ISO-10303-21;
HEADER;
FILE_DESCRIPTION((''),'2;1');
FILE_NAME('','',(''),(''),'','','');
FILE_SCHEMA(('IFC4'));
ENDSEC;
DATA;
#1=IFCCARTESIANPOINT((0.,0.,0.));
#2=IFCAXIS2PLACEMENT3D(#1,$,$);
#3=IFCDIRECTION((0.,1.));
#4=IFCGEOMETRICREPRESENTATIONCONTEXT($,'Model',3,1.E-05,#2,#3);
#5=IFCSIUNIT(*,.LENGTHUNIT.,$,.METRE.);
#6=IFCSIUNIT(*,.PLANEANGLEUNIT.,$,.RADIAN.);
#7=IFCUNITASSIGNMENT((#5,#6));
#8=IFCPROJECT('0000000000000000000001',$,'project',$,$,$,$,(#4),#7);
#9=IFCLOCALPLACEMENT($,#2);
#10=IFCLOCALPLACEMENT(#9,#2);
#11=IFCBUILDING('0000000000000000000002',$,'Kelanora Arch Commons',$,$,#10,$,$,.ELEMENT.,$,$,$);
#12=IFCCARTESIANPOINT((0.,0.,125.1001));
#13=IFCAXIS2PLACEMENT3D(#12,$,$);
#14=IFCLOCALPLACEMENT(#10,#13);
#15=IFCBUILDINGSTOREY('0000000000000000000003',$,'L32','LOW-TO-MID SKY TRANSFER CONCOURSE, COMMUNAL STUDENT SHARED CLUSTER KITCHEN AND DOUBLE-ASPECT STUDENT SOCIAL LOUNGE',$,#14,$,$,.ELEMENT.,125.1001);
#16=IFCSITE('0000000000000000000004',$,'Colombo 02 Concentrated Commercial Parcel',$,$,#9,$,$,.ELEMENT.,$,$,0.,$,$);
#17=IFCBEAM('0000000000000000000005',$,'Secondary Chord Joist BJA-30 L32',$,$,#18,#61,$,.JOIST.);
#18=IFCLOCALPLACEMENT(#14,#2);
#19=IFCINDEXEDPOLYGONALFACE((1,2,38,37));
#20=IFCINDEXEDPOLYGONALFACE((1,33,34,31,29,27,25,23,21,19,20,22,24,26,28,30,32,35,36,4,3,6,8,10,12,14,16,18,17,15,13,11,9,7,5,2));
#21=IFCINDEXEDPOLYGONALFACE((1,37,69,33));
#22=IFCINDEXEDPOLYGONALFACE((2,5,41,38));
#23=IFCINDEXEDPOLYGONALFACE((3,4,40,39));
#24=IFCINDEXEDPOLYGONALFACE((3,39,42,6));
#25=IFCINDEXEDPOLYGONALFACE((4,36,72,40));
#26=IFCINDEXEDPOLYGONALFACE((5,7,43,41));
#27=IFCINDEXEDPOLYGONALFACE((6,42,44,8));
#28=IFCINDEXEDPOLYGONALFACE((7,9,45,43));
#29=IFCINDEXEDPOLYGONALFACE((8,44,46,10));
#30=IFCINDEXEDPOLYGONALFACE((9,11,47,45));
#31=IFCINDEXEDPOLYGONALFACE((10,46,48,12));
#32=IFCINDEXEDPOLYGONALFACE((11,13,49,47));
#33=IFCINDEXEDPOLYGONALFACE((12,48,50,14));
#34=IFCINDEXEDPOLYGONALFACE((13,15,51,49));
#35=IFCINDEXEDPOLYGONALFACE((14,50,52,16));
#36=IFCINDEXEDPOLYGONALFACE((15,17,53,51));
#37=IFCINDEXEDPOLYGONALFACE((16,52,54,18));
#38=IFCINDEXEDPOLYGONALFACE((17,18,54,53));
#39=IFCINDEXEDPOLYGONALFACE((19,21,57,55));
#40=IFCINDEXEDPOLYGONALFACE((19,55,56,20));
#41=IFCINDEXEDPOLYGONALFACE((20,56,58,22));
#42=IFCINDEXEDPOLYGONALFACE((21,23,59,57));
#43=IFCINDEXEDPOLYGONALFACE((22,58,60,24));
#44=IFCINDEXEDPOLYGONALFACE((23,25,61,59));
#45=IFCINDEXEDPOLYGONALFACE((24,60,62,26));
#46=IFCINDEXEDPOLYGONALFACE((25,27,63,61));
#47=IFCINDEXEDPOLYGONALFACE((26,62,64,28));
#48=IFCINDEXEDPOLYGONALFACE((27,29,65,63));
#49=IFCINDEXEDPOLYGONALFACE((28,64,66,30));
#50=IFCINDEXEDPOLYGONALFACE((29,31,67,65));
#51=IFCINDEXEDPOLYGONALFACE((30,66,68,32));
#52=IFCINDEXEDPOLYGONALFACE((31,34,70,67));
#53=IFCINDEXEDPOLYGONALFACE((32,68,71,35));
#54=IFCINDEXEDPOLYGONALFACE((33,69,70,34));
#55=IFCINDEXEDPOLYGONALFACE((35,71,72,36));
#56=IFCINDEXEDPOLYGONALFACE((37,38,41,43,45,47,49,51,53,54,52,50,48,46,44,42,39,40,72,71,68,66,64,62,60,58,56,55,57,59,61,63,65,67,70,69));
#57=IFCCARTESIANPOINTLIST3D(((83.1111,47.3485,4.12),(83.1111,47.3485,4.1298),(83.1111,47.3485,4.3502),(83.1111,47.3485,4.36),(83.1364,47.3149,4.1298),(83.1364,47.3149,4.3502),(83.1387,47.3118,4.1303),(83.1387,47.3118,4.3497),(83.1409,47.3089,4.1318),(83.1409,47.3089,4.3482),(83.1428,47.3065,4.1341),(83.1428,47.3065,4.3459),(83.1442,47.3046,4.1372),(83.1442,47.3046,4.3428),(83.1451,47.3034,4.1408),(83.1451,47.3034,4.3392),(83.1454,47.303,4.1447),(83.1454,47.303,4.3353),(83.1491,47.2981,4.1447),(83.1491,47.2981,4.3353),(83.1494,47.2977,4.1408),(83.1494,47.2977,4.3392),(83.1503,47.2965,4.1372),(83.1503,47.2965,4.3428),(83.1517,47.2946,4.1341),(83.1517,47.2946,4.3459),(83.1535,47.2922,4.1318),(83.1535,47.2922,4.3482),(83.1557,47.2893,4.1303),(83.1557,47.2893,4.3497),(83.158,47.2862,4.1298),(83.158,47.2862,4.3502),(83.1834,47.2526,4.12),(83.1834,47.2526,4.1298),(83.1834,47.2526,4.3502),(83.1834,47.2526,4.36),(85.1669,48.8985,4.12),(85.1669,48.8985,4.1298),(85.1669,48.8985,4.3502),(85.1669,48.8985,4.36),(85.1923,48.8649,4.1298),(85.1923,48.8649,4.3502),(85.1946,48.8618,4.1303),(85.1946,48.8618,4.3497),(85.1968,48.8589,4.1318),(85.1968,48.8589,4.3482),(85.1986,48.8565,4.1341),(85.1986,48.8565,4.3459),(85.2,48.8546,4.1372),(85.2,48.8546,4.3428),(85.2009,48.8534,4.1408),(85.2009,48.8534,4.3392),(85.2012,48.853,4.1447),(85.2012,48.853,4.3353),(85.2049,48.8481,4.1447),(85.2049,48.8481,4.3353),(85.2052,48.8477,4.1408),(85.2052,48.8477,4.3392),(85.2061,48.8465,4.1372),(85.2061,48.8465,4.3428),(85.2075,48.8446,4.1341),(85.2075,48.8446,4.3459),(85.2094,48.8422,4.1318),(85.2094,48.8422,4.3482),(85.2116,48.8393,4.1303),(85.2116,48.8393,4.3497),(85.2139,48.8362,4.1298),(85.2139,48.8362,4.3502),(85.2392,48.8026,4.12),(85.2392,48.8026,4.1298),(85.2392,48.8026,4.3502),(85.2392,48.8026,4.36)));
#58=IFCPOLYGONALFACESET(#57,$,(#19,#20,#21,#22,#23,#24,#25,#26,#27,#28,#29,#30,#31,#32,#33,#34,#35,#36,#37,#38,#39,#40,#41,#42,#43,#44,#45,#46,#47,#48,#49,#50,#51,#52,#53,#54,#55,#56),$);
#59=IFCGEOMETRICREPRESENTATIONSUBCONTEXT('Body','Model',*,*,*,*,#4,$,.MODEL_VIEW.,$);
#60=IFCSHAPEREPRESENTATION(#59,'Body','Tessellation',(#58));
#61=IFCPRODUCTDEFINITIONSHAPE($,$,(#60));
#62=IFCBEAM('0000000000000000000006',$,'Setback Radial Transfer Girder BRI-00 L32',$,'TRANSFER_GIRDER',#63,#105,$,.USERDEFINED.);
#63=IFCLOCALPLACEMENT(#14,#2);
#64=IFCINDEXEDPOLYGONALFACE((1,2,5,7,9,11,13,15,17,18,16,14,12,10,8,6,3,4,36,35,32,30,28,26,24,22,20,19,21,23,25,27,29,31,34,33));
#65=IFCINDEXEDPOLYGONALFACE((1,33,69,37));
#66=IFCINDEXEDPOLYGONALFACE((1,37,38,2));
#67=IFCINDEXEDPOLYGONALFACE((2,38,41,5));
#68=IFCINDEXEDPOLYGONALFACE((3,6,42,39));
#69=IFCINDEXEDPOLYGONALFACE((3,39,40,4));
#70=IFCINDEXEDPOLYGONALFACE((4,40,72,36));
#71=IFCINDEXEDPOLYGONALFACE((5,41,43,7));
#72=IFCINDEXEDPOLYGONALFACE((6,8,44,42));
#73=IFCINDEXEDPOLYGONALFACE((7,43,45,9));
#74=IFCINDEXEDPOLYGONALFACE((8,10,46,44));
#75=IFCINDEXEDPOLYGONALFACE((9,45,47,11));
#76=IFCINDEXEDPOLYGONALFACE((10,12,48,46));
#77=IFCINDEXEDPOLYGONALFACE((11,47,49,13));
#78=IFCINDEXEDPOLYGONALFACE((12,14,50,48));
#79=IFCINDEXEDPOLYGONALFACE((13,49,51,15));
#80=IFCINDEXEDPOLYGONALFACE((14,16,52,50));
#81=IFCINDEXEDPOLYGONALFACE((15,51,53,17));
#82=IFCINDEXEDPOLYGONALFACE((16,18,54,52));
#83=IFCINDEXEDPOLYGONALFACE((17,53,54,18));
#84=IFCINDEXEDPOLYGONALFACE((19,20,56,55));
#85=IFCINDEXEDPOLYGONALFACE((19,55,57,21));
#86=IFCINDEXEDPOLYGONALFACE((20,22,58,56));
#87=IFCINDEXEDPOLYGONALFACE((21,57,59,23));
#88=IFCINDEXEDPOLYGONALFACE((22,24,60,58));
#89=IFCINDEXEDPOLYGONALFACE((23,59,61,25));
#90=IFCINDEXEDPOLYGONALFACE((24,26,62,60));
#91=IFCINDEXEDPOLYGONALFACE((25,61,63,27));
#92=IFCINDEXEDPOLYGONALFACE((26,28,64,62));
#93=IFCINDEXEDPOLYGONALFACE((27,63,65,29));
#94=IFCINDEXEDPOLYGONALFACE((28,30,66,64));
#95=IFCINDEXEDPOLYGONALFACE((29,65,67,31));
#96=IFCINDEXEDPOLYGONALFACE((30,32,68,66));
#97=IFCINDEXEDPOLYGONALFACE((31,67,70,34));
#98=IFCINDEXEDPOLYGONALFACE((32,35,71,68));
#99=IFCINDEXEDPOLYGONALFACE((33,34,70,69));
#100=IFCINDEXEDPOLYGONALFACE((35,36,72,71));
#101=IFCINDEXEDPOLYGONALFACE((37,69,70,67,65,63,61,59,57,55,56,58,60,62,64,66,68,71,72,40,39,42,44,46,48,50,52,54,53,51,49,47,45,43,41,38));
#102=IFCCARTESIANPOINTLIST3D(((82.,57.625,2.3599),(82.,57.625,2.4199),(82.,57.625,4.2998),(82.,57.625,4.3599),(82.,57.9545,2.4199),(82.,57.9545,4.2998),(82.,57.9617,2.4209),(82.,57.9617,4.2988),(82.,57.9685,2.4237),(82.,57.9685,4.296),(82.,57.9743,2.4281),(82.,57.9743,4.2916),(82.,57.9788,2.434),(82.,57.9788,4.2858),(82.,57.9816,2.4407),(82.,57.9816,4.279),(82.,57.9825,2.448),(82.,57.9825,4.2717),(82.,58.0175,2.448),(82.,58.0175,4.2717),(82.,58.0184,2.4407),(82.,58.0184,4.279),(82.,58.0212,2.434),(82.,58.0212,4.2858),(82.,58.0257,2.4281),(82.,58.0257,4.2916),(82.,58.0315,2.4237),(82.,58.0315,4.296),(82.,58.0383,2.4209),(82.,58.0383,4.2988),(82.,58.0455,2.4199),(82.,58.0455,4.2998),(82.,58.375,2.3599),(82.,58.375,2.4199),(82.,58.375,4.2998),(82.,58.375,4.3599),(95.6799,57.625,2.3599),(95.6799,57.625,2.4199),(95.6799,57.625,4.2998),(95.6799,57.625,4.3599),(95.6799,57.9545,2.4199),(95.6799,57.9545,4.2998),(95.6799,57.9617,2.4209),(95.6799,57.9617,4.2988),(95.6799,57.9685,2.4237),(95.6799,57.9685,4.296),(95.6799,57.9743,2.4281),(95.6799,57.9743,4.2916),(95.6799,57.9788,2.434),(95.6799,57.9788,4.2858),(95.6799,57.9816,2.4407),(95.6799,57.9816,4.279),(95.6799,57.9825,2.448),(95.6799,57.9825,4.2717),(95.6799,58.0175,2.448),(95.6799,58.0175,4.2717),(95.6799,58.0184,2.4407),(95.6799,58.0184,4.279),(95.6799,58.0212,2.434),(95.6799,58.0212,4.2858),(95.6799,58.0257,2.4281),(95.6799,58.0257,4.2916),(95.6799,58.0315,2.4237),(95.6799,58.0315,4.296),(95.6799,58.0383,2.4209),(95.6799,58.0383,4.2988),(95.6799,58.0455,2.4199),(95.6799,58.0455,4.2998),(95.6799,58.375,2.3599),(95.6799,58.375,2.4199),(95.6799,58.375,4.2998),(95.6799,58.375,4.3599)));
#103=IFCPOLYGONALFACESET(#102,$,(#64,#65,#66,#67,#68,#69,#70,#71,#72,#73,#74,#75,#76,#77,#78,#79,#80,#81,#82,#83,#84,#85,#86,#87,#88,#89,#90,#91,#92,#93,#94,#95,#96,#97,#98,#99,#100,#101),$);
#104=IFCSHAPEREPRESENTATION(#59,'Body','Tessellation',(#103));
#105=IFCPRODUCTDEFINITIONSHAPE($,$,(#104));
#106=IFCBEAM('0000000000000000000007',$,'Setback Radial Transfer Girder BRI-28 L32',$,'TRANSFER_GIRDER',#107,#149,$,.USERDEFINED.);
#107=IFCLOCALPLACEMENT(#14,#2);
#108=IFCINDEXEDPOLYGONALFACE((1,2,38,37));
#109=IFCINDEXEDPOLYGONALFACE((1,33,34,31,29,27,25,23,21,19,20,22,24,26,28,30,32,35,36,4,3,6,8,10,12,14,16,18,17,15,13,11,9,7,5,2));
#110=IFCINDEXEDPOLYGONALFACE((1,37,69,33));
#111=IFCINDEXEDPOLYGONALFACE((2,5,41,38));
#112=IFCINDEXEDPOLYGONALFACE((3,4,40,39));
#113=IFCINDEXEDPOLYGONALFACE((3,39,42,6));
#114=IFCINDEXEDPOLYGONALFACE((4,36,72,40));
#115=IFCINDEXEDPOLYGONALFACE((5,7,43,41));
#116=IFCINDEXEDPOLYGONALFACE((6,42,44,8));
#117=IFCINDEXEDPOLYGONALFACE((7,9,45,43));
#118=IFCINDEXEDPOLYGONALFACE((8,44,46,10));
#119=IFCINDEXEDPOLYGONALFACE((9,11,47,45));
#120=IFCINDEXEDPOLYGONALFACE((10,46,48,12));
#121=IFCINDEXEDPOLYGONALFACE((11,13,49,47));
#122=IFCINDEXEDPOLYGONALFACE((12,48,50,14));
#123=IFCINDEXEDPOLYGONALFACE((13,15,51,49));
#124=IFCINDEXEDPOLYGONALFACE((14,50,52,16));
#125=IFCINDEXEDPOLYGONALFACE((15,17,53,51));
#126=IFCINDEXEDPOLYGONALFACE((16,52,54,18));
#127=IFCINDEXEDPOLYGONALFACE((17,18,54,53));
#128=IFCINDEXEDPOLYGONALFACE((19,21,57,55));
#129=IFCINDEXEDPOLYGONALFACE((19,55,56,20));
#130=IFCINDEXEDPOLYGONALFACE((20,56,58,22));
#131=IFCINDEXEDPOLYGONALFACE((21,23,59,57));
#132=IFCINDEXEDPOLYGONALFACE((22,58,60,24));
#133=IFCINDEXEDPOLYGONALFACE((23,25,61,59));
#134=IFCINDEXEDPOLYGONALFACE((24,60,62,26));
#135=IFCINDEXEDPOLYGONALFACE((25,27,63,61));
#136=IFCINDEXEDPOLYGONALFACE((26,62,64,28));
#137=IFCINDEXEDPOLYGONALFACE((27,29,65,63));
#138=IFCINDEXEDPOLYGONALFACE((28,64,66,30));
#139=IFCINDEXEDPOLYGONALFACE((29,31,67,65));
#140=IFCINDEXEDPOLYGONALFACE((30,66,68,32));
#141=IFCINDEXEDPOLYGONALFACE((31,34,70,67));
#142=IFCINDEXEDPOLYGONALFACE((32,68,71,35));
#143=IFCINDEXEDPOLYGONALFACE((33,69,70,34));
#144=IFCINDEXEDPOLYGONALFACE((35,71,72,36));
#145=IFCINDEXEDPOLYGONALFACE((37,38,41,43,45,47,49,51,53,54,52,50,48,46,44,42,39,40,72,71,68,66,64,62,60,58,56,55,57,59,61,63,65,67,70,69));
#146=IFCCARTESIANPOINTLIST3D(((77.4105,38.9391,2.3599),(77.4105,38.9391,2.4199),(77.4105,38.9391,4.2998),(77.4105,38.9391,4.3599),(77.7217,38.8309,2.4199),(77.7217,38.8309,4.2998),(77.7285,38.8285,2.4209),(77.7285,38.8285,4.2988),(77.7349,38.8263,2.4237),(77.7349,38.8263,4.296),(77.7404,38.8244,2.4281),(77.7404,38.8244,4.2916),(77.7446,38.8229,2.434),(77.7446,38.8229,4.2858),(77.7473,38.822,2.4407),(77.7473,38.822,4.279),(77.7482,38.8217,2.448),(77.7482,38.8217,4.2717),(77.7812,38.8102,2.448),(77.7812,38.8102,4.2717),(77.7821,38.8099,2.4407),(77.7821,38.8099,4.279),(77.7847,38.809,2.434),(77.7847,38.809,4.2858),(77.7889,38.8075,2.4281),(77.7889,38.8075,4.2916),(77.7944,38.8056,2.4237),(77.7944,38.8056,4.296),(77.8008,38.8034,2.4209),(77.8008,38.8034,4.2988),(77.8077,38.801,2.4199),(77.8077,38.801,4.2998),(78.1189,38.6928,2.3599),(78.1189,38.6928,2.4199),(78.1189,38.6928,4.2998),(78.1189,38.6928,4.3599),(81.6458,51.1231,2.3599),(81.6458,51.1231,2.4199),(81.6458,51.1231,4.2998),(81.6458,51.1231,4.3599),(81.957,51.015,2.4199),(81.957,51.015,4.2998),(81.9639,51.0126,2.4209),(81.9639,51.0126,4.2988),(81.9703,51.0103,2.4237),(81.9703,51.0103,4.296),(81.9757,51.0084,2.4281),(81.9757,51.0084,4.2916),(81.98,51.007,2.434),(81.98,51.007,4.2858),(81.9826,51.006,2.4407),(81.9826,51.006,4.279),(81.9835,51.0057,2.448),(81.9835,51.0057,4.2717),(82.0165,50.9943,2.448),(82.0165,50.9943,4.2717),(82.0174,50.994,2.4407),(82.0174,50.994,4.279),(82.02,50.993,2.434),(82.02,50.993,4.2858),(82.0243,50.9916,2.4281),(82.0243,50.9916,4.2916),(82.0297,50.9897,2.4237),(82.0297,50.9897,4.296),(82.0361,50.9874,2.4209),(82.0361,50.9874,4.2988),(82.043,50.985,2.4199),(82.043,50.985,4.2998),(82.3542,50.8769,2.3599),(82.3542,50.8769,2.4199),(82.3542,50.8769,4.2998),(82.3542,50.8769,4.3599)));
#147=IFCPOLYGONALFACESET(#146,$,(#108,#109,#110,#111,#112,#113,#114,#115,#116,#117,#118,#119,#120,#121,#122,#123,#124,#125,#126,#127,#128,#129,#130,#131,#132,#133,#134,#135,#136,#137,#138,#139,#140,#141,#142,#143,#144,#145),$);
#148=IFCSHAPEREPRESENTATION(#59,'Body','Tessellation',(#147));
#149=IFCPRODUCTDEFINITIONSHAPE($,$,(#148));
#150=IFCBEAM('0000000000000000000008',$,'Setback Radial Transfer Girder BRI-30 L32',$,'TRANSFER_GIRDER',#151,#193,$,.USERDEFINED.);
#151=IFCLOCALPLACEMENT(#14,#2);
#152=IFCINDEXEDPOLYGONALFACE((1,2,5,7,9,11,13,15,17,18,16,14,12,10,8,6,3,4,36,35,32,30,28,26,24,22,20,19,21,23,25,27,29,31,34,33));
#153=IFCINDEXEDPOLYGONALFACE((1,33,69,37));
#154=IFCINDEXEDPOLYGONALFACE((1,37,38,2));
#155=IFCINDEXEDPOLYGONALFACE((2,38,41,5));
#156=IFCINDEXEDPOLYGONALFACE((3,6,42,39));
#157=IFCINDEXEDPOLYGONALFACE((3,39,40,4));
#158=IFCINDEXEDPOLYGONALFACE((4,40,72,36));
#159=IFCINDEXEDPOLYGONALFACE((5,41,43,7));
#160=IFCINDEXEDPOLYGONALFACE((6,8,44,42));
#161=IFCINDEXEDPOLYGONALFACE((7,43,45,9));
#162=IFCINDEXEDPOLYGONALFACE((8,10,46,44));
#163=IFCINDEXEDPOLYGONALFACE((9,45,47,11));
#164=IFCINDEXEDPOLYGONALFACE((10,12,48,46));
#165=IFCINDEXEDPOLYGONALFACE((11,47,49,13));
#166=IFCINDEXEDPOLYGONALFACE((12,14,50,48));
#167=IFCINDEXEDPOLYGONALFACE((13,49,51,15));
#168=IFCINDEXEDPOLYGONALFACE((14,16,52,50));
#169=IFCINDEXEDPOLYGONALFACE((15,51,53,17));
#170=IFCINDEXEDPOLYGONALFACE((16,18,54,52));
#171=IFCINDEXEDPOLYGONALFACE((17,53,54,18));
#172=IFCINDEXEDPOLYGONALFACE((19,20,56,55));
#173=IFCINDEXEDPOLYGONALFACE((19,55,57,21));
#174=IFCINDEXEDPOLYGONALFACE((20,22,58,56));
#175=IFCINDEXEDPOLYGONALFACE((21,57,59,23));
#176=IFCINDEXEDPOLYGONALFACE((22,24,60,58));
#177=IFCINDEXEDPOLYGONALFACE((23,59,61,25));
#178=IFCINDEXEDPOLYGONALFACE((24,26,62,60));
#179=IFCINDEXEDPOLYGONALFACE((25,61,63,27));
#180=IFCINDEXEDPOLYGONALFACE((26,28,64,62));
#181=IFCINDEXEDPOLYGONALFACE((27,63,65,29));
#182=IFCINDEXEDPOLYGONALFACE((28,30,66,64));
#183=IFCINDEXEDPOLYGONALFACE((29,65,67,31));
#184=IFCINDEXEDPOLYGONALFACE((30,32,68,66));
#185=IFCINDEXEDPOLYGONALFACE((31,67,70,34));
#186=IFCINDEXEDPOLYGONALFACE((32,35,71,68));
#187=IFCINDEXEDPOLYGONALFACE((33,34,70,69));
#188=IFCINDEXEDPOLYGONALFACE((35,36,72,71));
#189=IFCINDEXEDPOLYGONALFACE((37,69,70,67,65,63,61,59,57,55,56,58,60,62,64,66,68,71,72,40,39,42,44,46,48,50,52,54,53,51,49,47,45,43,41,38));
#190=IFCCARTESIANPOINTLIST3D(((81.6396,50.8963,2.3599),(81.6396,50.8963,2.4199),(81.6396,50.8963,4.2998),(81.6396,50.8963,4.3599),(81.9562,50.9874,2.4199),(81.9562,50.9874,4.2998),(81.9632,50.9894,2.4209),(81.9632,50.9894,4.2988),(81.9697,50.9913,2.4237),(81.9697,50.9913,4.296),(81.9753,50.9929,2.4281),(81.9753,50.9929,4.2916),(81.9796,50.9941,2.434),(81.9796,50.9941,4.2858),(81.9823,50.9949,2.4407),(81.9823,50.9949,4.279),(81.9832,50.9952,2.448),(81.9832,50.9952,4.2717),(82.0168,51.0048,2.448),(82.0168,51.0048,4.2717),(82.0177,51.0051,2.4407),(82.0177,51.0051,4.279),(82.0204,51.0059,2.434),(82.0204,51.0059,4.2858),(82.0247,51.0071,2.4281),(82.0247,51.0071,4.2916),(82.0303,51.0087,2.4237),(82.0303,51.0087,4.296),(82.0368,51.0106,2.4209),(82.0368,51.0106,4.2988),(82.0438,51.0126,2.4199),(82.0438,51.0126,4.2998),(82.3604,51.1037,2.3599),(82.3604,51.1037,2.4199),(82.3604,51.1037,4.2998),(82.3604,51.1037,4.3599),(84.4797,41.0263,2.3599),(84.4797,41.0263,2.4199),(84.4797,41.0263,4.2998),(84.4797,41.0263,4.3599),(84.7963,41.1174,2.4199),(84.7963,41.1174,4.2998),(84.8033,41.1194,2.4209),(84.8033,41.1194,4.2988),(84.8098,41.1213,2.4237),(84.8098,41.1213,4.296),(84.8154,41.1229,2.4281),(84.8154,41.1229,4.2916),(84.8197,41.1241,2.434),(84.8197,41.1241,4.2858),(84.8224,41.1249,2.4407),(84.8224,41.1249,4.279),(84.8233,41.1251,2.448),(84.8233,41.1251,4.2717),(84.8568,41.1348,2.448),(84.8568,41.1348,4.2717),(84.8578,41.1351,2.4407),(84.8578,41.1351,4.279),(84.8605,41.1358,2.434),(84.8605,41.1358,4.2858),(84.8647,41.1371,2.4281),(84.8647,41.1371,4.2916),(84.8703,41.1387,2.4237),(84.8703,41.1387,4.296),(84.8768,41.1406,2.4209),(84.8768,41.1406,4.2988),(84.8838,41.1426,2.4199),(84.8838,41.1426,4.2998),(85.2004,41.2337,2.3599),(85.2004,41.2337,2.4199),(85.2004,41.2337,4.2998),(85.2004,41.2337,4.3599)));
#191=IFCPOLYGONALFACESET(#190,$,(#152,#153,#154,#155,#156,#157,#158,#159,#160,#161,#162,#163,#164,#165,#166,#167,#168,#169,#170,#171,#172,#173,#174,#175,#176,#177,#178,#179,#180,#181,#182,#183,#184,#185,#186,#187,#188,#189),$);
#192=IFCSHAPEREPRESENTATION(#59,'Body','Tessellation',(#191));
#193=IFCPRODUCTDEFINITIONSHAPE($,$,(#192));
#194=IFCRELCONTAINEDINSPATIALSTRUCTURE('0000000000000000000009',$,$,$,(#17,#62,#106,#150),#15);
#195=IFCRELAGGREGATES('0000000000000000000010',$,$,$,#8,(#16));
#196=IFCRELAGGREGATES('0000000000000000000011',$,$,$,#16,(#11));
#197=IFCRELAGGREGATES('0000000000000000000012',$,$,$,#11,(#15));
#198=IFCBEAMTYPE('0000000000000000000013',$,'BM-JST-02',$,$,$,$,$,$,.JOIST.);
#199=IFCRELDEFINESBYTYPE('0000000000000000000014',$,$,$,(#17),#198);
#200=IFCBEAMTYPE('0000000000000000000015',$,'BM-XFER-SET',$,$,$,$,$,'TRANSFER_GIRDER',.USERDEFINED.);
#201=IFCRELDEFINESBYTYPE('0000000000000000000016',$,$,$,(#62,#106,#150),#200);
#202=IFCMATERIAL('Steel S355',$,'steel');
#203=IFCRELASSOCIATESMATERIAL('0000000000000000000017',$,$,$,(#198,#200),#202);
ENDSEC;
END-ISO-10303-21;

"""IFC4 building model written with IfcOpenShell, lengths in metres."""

from ifc_helpers import new_model, si_unit, direction, frame, origin, origin_2d, place, context, subcontext, project, spatial, i_section, extrude, material, material_profile, profile_set, type_object, element, save


model = new_model("IFC4")

# Units and contexts
model_context = context("Model", 3, precision=1e-05, world=origin(), true_north=direction((0.0, 1.0)))
body_context = subcontext(model_context, "Body", "Model", "MODEL_VIEW")
ifc_project = project(units=[si_unit("LENGTHUNIT", "METRE"), si_unit("PLANEANGLEUNIT", "RADIAN")], contexts=[model_context])

# Site, building, storey
site_placement = place(None, origin())
site = spatial("IfcSite", under=ifc_project, at=site_placement, Name="Colombo 02 Concentrated Commercial Parcel", CompositionType="ELEMENT", RefElevation=0.0)
building_placement = place(site_placement, origin())
building = spatial("IfcBuilding", under=site, at=building_placement, Name="Kelanora Arch Commons", CompositionType="ELEMENT")
storey_placement = place(building_placement, frame((0.0, 0.0, 125.1001)))
storey = spatial("IfcBuildingStorey", under=building, at=storey_placement, Name="L32", Description="LOW-TO-MID SKY TRANSFER CONCOURSE, COMMUNAL STUDENT SHARED CLUSTER KITCHEN AND DOUBLE-ASPECT STUDENT SOCIAL LOUNGE", CompositionType="ELEMENT", Elevation=125.1001)

# Beams
ifc_material_1 = material(Name="Steel S355", Category="steel")
ifc_material_profile_1 = material_profile(ifc_material_1, i_section(OverallWidth=0.1201, OverallDepth=0.24, WebThickness=0.0061, FlangeThickness=0.0098, FilletRadius=0.0149, at=origin_2d()), Name="IPE240")
ifc_profile_set_1 = profile_set([ifc_material_profile_1], Name="Steel S355")
beam_type_1 = type_object("IfcBeamType", Name="BM-JST-02", PredefinedType="JOIST", material=ifc_profile_set_1)
beam_1_placement = place(storey_placement, frame((83.1472, 47.3005, 4.24), z_axis=(0.798484, 0.602016, 0.0), x_axis=(-0.602016, 0.798484, 0.0)))
element("IfcBeam", 1, at=beam_1_placement, inside=storey, type_object=beam_type_1, Name="Secondary Chord Joist BJA-30 L32", PredefinedType="JOIST", context=body_context, shape_type="SweptSolid", body=[
    extrude(i_section(OverallWidth=0.1201, OverallDepth=0.24, WebThickness=0.0061, FlangeThickness=0.0098, FilletRadius=0.0149, at=origin_2d()), origin(), (0.0, 0.0, 1.0), 2.5747),
])
ifc_material_profile_2 = material_profile(ifc_material_1, i_section(OverallWidth=0.75, OverallDepth=2.0, WebThickness=0.0349, FlangeThickness=0.0601, FilletRadius=0.0281, at=origin_2d()), Name="PG2000x750")
ifc_profile_set_2 = profile_set([ifc_material_profile_2], Name="Steel S355")
beam_type_2 = type_object("IfcBeamType", Name="BM-XFER-SET", ElementType="TRANSFER_GIRDER", PredefinedType="USERDEFINED", material=ifc_profile_set_2)
beam_2_placement = place(storey_placement, frame((82.0, 58.0, 3.3599), z_axis=(1.0, 0.0, 0.0), x_axis=(0.0, 1.0, 0.0)))
element("IfcBeam", 2, at=beam_2_placement, inside=storey, type_object=beam_type_2, Name="Setback Radial Transfer Girder BRI-00 L32", ObjectType="TRANSFER_GIRDER", PredefinedType="USERDEFINED", context=body_context, shape_type="SweptSolid", body=[
    extrude(i_section(OverallWidth=0.75, OverallDepth=2.0, WebThickness=0.0349, FlangeThickness=0.0601, FilletRadius=0.0281, at=origin_2d()), origin(), (0.0, 0.0, 1.0), 13.6799),
])
beam_3_placement = place(storey_placement, frame((82.0, 51.0, 3.3599), z_axis=(-0.328342, -0.944559, 0.0), x_axis=(0.944559, -0.328342, 0.0)))
element("IfcBeam", 3, at=beam_3_placement, inside=storey, type_object=beam_type_2, Name="Setback Radial Transfer Girder BRI-28 L32", ObjectType="TRANSFER_GIRDER", PredefinedType="USERDEFINED", context=body_context, shape_type="SweptSolid", body=[
    extrude(i_section(OverallWidth=0.75, OverallDepth=2.0, WebThickness=0.0349, FlangeThickness=0.0601, FilletRadius=0.0281, at=origin_2d()), origin(), (0.0, 0.0, 1.0), 12.8992),
])
beam_4_placement = place(storey_placement, frame((82.0, 51.0, 3.3599), z_axis=(0.276526, -0.961006, 0.0), x_axis=(0.961006, 0.276526, 0.0)))
element("IfcBeam", 4, at=beam_4_placement, inside=storey, type_object=beam_type_2, Name="Setback Radial Transfer Girder BRI-30 L32", ObjectType="TRANSFER_GIRDER", PredefinedType="USERDEFINED", context=body_context, shape_type="SweptSolid", body=[
    extrude(i_section(OverallWidth=0.75, OverallDepth=2.0, WebThickness=0.0349, FlangeThickness=0.0601, FilletRadius=0.0281, at=origin_2d()), origin(), (0.0, 0.0, 1.0), 10.2705),
])

save(model, "model.ifc")
